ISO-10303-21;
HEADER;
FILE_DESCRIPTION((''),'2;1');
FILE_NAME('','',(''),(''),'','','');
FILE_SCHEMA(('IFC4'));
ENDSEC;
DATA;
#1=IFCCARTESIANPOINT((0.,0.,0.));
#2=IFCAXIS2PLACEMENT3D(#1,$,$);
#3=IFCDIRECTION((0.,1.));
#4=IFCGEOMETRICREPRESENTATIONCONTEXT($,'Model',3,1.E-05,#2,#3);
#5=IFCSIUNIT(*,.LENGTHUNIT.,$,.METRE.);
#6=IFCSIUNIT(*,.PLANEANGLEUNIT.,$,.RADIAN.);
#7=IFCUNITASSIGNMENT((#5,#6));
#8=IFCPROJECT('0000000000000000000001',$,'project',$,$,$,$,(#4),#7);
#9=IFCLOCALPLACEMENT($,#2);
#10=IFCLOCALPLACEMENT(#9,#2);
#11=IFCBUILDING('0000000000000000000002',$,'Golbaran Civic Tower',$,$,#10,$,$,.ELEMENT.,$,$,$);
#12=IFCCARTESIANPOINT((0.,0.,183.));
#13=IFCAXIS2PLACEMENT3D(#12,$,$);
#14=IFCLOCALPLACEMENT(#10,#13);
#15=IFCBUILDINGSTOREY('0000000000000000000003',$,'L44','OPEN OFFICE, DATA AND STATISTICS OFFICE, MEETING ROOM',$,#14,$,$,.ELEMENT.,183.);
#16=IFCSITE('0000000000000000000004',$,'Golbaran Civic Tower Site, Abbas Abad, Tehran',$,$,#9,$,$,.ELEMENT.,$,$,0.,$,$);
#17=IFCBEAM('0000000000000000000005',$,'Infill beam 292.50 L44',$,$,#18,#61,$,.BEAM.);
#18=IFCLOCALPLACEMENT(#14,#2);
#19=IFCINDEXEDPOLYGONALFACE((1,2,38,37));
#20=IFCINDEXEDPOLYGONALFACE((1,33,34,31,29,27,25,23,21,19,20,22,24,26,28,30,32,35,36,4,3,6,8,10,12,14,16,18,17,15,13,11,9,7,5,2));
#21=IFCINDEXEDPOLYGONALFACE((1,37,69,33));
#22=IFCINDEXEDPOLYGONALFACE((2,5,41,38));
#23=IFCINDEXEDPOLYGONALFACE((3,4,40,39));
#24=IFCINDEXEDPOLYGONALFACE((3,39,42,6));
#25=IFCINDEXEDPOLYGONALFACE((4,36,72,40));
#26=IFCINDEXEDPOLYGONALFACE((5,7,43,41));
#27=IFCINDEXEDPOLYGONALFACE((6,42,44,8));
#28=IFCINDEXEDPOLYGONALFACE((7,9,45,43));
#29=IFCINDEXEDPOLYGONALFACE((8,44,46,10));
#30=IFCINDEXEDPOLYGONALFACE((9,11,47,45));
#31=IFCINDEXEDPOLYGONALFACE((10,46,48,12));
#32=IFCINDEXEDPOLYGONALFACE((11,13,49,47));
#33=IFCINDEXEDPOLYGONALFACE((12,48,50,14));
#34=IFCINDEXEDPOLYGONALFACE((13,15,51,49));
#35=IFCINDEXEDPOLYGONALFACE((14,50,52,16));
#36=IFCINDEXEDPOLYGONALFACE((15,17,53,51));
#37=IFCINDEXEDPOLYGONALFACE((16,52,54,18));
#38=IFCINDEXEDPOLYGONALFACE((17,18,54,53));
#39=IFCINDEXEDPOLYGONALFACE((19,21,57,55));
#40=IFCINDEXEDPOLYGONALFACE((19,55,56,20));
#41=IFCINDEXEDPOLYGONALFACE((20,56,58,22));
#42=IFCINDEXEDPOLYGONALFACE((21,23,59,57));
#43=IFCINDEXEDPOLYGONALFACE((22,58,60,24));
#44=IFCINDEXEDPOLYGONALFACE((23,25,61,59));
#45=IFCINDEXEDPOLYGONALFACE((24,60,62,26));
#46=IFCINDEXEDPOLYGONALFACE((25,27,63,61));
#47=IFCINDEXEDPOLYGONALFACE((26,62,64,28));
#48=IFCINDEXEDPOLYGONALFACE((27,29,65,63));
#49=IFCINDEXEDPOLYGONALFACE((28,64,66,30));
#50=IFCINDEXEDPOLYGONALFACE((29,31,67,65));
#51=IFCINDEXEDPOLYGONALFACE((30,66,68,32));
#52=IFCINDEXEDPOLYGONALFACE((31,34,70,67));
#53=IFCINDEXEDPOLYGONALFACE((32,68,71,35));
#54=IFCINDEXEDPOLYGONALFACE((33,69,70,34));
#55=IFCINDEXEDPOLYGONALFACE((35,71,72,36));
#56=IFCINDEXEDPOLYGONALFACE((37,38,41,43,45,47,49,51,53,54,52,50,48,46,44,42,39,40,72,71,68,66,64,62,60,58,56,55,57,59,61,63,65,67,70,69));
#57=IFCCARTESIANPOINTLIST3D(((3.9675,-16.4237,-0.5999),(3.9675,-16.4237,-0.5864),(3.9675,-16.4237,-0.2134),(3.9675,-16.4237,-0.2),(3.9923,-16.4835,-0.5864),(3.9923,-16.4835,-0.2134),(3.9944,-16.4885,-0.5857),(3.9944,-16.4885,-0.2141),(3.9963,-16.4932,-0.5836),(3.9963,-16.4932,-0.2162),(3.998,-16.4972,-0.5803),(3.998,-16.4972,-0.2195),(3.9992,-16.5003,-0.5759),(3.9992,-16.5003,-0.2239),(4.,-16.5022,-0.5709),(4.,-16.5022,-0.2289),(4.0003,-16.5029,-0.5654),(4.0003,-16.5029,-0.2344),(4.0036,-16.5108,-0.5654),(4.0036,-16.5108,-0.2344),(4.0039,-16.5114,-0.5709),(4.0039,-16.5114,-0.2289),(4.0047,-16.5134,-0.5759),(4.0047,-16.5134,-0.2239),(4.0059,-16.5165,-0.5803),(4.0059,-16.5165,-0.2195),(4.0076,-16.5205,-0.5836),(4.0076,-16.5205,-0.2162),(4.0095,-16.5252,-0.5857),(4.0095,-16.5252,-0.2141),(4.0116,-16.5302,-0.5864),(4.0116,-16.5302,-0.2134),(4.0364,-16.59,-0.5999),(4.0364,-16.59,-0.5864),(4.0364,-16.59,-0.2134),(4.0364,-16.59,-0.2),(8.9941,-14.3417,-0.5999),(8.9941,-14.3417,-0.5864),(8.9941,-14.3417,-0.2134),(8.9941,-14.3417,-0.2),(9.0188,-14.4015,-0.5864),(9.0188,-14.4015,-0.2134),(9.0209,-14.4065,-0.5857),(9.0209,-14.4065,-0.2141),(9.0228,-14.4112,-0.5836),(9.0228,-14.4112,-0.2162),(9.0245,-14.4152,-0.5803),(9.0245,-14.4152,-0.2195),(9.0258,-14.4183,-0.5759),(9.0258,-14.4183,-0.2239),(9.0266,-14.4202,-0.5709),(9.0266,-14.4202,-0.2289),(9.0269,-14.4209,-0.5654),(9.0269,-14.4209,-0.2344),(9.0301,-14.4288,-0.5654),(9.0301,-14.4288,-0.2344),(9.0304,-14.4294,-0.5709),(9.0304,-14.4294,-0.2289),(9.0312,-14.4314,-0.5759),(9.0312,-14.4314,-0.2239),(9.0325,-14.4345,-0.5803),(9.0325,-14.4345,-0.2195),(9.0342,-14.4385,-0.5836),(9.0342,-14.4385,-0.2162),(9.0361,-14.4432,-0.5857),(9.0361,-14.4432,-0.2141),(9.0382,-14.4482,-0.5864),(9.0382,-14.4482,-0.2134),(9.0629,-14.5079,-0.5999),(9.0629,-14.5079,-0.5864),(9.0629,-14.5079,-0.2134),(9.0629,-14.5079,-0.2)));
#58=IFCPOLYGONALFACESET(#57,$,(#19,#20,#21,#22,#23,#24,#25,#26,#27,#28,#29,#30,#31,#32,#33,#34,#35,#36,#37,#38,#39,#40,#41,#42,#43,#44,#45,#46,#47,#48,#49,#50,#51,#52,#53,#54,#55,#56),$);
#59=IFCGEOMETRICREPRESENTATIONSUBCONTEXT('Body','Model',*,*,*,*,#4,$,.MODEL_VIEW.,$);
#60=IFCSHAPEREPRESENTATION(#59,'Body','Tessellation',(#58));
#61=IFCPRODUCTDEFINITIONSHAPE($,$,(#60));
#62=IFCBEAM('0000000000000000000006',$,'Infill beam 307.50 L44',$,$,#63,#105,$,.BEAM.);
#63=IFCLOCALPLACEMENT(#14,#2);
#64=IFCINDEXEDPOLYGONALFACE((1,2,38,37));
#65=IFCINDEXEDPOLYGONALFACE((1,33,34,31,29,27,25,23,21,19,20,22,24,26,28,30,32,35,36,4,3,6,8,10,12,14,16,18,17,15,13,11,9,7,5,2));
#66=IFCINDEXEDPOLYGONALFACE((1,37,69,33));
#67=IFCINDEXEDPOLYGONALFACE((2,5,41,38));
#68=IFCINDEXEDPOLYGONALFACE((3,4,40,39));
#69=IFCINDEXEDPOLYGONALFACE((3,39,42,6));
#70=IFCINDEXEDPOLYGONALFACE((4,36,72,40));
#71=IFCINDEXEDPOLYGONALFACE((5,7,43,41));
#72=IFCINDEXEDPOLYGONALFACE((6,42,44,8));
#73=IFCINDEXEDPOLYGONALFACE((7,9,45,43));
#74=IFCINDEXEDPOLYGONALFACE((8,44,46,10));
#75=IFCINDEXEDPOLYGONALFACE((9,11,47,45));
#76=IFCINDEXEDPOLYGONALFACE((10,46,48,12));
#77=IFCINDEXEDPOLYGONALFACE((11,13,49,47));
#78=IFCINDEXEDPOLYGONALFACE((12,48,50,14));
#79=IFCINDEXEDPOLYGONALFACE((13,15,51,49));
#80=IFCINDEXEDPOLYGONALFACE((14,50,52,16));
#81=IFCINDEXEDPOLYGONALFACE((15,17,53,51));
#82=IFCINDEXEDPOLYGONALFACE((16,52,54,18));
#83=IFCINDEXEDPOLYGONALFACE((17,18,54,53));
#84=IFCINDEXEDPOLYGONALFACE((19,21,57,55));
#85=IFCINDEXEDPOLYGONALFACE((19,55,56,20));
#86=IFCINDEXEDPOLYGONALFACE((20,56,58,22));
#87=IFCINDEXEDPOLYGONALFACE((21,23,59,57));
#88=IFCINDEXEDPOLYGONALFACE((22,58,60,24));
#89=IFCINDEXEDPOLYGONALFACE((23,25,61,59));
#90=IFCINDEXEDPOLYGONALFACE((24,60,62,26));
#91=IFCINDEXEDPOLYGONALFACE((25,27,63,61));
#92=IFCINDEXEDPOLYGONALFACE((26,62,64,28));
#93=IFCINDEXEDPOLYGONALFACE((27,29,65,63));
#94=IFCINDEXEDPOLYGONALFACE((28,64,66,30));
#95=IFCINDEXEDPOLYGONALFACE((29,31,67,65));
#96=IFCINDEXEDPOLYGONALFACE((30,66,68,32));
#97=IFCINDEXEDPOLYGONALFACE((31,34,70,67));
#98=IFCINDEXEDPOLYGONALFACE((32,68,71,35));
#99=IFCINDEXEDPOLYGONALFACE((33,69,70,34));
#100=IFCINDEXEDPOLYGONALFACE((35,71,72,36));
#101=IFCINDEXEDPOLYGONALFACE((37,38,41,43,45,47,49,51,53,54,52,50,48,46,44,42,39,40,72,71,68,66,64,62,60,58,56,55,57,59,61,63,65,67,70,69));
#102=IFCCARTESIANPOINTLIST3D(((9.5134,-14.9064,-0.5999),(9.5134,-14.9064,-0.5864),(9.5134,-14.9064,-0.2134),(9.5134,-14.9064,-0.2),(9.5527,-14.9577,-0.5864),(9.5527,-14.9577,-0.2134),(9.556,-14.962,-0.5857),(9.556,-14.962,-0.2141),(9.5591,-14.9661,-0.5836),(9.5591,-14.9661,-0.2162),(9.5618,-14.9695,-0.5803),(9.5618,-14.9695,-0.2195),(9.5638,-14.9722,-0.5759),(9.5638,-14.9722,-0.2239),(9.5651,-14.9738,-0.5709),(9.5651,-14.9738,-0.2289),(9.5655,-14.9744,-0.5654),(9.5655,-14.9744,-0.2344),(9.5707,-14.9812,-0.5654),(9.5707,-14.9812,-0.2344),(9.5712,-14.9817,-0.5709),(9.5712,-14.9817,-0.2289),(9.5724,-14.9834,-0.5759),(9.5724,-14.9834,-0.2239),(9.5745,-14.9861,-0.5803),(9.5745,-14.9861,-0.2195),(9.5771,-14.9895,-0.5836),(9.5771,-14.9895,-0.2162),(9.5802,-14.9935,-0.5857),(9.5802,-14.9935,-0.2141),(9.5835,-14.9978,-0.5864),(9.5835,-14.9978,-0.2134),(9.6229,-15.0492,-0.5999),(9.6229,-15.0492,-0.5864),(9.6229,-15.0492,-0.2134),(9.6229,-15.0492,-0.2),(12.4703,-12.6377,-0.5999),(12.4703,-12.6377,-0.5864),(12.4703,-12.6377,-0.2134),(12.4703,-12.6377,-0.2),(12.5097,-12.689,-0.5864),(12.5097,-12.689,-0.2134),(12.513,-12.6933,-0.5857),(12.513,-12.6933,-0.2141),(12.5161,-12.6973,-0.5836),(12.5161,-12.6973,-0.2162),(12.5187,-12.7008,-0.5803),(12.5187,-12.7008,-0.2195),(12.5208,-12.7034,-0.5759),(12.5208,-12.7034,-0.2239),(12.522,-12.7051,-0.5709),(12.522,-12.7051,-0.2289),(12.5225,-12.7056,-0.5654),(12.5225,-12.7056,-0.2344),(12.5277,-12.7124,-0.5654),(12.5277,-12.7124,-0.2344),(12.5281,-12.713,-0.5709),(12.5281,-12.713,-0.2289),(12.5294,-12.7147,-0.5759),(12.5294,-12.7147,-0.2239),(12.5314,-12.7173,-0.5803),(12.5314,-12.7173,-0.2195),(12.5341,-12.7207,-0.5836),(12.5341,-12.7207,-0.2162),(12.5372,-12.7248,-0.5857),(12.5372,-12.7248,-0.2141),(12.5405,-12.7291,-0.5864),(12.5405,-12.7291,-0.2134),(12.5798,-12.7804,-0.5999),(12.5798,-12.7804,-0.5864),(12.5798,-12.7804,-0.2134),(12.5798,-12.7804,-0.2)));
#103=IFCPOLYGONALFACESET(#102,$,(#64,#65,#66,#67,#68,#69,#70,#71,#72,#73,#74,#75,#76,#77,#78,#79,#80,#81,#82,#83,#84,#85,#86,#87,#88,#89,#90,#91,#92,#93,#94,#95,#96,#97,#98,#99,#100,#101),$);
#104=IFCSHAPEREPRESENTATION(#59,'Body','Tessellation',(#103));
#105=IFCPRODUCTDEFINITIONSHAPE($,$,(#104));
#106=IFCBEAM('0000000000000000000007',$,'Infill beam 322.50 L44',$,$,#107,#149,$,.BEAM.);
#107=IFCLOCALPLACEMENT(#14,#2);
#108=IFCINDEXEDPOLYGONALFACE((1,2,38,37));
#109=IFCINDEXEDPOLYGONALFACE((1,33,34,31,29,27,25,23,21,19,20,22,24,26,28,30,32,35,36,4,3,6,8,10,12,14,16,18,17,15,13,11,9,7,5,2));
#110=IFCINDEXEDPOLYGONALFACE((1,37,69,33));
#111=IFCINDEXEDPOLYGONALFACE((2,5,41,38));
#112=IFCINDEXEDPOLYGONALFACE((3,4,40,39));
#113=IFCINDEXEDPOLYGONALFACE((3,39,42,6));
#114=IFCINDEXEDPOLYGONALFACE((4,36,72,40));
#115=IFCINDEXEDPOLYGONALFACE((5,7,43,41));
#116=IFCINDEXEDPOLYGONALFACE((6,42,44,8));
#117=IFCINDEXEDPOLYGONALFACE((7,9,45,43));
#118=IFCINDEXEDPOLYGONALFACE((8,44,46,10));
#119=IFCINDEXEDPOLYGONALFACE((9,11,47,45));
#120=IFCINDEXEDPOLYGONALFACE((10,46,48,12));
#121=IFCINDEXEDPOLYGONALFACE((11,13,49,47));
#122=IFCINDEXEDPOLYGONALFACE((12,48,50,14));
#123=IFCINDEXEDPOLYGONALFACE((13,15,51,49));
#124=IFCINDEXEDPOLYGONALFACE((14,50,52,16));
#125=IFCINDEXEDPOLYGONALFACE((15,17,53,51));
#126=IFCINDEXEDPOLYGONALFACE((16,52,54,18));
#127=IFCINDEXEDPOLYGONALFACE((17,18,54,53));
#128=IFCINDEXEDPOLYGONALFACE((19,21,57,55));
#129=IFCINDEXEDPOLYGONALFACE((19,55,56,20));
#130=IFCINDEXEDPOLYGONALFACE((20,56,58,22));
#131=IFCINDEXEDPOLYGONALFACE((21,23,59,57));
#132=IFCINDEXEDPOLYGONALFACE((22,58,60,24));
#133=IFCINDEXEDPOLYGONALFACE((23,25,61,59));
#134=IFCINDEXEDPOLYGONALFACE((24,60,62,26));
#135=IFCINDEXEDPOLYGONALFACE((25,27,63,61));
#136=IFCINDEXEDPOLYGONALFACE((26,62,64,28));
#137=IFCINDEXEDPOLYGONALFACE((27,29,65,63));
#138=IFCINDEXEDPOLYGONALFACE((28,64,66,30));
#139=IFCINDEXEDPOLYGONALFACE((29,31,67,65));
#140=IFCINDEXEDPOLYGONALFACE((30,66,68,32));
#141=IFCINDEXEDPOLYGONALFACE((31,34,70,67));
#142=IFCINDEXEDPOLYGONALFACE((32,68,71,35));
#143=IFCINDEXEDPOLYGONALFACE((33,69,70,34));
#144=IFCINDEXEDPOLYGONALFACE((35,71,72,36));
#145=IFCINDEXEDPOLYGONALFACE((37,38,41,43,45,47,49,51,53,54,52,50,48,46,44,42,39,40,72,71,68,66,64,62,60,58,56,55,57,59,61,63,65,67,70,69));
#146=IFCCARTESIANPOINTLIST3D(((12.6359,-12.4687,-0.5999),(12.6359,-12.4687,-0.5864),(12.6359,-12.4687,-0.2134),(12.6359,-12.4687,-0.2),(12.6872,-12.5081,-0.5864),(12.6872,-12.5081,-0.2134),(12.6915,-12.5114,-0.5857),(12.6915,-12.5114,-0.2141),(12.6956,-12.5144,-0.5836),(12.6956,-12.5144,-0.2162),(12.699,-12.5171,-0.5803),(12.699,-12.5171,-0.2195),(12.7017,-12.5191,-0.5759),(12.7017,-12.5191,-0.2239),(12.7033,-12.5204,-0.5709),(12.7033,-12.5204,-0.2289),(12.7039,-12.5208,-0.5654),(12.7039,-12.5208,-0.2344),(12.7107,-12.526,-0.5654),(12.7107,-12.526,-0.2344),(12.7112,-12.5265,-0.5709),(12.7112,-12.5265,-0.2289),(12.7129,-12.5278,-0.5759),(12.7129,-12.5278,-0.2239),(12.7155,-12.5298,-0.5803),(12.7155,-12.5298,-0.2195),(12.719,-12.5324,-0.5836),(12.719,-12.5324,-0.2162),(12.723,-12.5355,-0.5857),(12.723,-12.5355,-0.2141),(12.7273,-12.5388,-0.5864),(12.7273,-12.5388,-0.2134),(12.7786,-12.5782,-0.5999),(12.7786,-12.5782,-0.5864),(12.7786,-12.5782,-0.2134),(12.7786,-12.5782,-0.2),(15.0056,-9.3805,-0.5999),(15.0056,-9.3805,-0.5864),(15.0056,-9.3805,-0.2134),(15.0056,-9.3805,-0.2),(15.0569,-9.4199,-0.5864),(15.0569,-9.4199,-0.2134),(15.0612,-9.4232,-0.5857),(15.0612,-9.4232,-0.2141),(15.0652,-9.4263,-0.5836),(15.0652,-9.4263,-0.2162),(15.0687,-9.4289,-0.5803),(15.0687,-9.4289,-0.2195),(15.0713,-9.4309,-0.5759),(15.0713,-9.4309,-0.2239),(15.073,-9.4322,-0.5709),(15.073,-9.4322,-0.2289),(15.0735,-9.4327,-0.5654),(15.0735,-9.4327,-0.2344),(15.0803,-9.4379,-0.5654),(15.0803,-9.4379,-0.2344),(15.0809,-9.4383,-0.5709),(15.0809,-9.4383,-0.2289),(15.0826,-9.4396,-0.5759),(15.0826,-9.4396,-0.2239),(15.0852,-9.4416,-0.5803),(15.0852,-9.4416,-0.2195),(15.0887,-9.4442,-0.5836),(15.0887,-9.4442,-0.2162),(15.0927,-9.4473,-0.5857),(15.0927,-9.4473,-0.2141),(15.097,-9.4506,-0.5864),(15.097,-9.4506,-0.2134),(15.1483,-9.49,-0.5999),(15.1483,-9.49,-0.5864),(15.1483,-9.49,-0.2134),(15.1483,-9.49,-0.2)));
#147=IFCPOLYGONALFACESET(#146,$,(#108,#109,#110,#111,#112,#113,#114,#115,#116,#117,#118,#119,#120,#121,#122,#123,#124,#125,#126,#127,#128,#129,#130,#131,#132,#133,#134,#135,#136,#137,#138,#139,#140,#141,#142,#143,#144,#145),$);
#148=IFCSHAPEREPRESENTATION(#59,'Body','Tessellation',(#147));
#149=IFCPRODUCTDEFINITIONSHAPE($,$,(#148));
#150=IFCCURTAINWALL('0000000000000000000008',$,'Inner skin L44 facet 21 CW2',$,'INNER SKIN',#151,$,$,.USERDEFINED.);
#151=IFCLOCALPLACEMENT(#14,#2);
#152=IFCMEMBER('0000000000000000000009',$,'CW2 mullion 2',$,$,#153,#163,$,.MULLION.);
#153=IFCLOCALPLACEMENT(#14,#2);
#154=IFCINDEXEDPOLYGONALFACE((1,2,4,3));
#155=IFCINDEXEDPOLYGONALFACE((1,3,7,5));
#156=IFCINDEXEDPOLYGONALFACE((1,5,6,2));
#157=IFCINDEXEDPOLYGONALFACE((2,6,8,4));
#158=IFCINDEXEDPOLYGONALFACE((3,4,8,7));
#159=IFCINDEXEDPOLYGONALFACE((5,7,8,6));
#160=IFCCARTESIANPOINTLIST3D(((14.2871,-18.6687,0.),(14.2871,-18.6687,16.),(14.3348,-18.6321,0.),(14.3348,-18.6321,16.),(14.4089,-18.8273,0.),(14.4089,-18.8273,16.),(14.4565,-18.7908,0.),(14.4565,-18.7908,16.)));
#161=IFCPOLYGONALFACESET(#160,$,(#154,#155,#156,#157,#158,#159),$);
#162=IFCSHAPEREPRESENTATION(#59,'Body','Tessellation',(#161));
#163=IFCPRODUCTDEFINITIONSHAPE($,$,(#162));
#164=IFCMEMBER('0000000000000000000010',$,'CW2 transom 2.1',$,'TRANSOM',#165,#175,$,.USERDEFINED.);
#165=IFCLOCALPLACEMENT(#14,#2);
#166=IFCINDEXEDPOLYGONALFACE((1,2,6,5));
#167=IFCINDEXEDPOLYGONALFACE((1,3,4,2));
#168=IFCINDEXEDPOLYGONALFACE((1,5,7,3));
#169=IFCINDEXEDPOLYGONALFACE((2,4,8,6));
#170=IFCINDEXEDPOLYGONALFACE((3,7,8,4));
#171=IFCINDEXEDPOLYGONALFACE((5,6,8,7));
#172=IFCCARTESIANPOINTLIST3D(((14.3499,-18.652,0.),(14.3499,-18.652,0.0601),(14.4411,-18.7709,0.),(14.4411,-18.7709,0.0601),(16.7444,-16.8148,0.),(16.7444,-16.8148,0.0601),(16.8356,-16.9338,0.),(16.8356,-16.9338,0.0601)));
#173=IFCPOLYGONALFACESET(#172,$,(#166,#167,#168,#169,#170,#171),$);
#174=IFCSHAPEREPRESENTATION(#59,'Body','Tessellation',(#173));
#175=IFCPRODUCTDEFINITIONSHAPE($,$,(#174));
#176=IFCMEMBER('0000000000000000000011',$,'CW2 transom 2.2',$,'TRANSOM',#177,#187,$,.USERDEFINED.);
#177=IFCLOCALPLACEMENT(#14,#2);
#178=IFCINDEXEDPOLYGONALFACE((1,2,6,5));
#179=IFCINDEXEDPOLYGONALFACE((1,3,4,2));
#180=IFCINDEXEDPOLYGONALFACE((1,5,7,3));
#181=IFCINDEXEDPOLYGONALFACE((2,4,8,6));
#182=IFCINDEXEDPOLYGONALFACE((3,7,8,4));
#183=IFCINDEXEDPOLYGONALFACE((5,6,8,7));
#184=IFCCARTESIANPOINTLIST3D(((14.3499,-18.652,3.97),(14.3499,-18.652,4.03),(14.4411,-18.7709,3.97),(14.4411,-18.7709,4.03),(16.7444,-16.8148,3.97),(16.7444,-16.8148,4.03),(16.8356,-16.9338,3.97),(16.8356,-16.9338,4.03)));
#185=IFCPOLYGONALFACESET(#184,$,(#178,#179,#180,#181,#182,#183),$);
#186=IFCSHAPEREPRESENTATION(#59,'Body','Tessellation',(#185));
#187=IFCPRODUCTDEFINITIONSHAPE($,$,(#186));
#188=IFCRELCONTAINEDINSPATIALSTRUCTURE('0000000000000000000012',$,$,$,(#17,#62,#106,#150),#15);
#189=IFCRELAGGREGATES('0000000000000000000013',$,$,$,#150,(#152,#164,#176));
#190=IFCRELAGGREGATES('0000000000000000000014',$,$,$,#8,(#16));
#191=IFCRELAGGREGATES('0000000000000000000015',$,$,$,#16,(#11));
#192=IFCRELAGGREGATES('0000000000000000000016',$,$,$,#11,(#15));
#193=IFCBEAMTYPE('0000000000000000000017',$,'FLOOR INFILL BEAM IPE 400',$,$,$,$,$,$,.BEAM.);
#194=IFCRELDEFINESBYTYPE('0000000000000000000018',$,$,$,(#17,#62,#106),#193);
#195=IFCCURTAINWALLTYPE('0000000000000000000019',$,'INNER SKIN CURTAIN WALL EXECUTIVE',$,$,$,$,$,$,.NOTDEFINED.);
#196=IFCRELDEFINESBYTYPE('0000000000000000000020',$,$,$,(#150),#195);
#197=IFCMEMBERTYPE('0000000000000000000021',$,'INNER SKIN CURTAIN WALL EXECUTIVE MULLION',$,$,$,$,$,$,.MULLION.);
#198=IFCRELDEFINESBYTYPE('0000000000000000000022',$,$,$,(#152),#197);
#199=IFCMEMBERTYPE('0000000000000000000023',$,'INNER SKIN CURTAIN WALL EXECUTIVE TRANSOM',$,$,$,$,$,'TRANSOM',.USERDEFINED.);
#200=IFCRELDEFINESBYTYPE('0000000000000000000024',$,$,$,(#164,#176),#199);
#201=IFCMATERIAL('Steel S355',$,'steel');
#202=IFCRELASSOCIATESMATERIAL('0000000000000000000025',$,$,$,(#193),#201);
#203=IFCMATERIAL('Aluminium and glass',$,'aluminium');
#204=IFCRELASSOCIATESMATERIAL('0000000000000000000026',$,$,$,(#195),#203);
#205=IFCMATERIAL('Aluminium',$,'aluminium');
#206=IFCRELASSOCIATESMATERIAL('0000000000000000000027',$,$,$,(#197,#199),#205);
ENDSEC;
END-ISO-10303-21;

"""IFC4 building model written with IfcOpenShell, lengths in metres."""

from ifc_helpers import new_model, si_unit, direction, frame, origin, origin_2d, place, context, subcontext, project, spatial, rectangle, i_section, extrude, material, material_profile, profile_set, type_object, element, aggregate, save


model = new_model("IFC4")

# Units and contexts
model_context = context("Model", 3, precision=1e-05, world=origin(), true_north=direction((0.0, 1.0)))
body_context = subcontext(model_context, "Body", "Model", "MODEL_VIEW")
ifc_project = project(units=[si_unit("LENGTHUNIT", "METRE"), si_unit("PLANEANGLEUNIT", "RADIAN")], contexts=[model_context])

# Site, building, storey
site_placement = place(None, origin())
site = spatial("IfcSite", under=ifc_project, at=site_placement, Name="Golbaran Civic Tower Site, Abbas Abad, Tehran", CompositionType="ELEMENT", RefElevation=0.0)
building_placement = place(site_placement, origin())
building = spatial("IfcBuilding", under=site, at=building_placement, Name="Golbaran Civic Tower", CompositionType="ELEMENT")
storey_placement = place(building_placement, frame((0.0, 0.0, 183.0)))
storey = spatial("IfcBuildingStorey", under=building, at=storey_placement, Name="L44", Description="OPEN OFFICE, DATA AND STATISTICS OFFICE, MEETING ROOM", CompositionType="ELEMENT", Elevation=183.0)

# Beams
ifc_material_1 = material(Name="Steel S355", Category="steel")
ifc_material_profile_1 = material_profile(ifc_material_1, i_section(OverallWidth=0.1799, OverallDepth=0.3999, WebThickness=0.0085, FlangeThickness=0.0134, FilletRadius=0.021, at=origin_2d()), Name="IPE 400")
ifc_profile_set_1 = profile_set([ifc_material_profile_1], Name="Steel S355")
beam_type_1 = type_object("IfcBeamType", Name="FLOOR INFILL BEAM IPE 400", PredefinedType="BEAM", material=ifc_profile_set_1)
beam_1_placement = place(storey_placement, frame((4.002, -16.5068, -0.3999), z_axis=(0.923883, 0.382674, 0.0), x_axis=(-0.382674, 0.923883, 0.0)))
element("IfcBeam", 1, at=beam_1_placement, inside=storey, type_object=beam_type_1, Name="Infill beam 292.50 L44", PredefinedType="BEAM", context=body_context, shape_type="SweptSolid", body=[
    extrude(i_section(OverallWidth=0.1799, OverallDepth=0.3999, WebThickness=0.0085, FlangeThickness=0.0134, FilletRadius=0.021, at=origin_2d()), origin(), (0.0, 0.0, 1.0), 5.4407),
])
beam_2_placement = place(storey_placement, frame((9.5681, -14.9778, -0.3999), z_axis=(0.793381, 0.608726, 0.0), x_axis=(-0.608726, 0.793381, 0.0)))
element("IfcBeam", 2, at=beam_2_placement, inside=storey, type_object=beam_type_1, Name="Infill beam 307.50 L44", PredefinedType="BEAM", context=body_context, shape_type="SweptSolid", body=[
    extrude(i_section(OverallWidth=0.1799, OverallDepth=0.3999, WebThickness=0.0085, FlangeThickness=0.0134, FilletRadius=0.021, at=origin_2d()), origin(), (0.0, 0.0, 1.0), 3.7271),
])
beam_3_placement = place(storey_placement, frame((12.7073, -12.5234, -0.3999), z_axis=(0.608765, 0.793351, 0.0), x_axis=(-0.793351, 0.608765, 0.0)))
element("IfcBeam", 3, at=beam_3_placement, inside=storey, type_object=beam_type_1, Name="Infill beam 322.50 L44", PredefinedType="BEAM", context=body_context, shape_type="SweptSolid", body=[
    extrude(i_section(OverallWidth=0.1799, OverallDepth=0.3999, WebThickness=0.0085, FlangeThickness=0.0134, FilletRadius=0.021, at=origin_2d()), origin(), (0.0, 0.0, 1.0), 3.8926),
])

# Curtain wall, members
ifc_material_2 = material(Name="Aluminium and glass", Category="aluminium")
curtain_wall_type = type_object("IfcCurtainWallType", Name="INNER SKIN CURTAIN WALL EXECUTIVE", PredefinedType="NOTDEFINED", material=ifc_material_2)
curtain_wall_placement = place(storey_placement, origin())
curtain_wall = element("IfcCurtainWall", 4, at=curtain_wall_placement, inside=storey, type_object=curtain_wall_type, Name="Inner skin L44 facet 21 CW2", ObjectType="INNER SKIN", PredefinedType="USERDEFINED")
ifc_material_3 = material(Name="Aluminium", Category="aluminium")
ifc_material_profile_2 = material_profile(ifc_material_3, rectangle(XDim=0.2, YDim=0.0601, at=origin_2d()), Name="INNER SKIN CURTAIN WALL EXECUTIVE MULLION")
ifc_profile_set_2 = profile_set([ifc_material_profile_2], Name="Aluminium")
member_type_1 = type_object("IfcMemberType", Name="INNER SKIN CURTAIN WALL EXECUTIVE MULLION", PredefinedType="MULLION", material=ifc_profile_set_2)
member_1_placement = place(storey_placement, frame((14.3718, -18.7297, 0.0), z_axis=(0.0, 0.0, 1.0), x_axis=(-0.608761, 0.793353, 0.0)))
member_1 = element("IfcMember", 5, at=member_1_placement, type_object=member_type_1, Name="CW2 mullion 2", PredefinedType="MULLION", context=body_context, shape_type="SweptSolid", body=[
    extrude(rectangle(XDim=0.2, YDim=0.0601, at=origin_2d()), origin(), (0.0, 0.0, 1.0), 16.0),
])
ifc_material_profile_3 = material_profile(ifc_material_3, rectangle(XDim=0.1499, YDim=0.0601, at=origin_2d()), Name="INNER SKIN CURTAIN WALL EXECUTIVE TRANSOM")
ifc_profile_set_3 = profile_set([ifc_material_profile_3], Name="Aluminium")
member_type_2 = type_object("IfcMemberType", Name="INNER SKIN CURTAIN WALL EXECUTIVE TRANSOM", ElementType="TRANSOM", PredefinedType="USERDEFINED", material=ifc_profile_set_3)
member_2_placement = place(storey_placement, frame((14.3955, -18.7114, 0.03), z_axis=(0.79339, 0.608713, 0.0), x_axis=(-0.608713, 0.79339, 0.0)))
member_2 = element("IfcMember", 6, at=member_2_placement, type_object=member_type_2, Name="CW2 transom 2.1", ObjectType="TRANSOM", PredefinedType="USERDEFINED", context=body_context, shape_type="SweptSolid", body=[
    extrude(rectangle(XDim=0.1499, YDim=0.0601, at=origin_2d()), origin(), (0.0, 0.0, 1.0), 3.0181),
])
member_3_placement = place(storey_placement, frame((14.3955, -18.7114, 4.0), z_axis=(0.79339, 0.608713, 0.0), x_axis=(-0.608713, 0.79339, 0.0)))
member_3 = element("IfcMember", 7, at=member_3_placement, type_object=member_type_2, Name="CW2 transom 2.2", ObjectType="TRANSOM", PredefinedType="USERDEFINED", context=body_context, shape_type="SweptSolid", body=[
    extrude(rectangle(XDim=0.1499, YDim=0.0601, at=origin_2d()), origin(), (0.0, 0.0, 1.0), 3.0181),
])

aggregate(curtain_wall, [member_1, member_2, member_3])

save(model, "model.ifc")
